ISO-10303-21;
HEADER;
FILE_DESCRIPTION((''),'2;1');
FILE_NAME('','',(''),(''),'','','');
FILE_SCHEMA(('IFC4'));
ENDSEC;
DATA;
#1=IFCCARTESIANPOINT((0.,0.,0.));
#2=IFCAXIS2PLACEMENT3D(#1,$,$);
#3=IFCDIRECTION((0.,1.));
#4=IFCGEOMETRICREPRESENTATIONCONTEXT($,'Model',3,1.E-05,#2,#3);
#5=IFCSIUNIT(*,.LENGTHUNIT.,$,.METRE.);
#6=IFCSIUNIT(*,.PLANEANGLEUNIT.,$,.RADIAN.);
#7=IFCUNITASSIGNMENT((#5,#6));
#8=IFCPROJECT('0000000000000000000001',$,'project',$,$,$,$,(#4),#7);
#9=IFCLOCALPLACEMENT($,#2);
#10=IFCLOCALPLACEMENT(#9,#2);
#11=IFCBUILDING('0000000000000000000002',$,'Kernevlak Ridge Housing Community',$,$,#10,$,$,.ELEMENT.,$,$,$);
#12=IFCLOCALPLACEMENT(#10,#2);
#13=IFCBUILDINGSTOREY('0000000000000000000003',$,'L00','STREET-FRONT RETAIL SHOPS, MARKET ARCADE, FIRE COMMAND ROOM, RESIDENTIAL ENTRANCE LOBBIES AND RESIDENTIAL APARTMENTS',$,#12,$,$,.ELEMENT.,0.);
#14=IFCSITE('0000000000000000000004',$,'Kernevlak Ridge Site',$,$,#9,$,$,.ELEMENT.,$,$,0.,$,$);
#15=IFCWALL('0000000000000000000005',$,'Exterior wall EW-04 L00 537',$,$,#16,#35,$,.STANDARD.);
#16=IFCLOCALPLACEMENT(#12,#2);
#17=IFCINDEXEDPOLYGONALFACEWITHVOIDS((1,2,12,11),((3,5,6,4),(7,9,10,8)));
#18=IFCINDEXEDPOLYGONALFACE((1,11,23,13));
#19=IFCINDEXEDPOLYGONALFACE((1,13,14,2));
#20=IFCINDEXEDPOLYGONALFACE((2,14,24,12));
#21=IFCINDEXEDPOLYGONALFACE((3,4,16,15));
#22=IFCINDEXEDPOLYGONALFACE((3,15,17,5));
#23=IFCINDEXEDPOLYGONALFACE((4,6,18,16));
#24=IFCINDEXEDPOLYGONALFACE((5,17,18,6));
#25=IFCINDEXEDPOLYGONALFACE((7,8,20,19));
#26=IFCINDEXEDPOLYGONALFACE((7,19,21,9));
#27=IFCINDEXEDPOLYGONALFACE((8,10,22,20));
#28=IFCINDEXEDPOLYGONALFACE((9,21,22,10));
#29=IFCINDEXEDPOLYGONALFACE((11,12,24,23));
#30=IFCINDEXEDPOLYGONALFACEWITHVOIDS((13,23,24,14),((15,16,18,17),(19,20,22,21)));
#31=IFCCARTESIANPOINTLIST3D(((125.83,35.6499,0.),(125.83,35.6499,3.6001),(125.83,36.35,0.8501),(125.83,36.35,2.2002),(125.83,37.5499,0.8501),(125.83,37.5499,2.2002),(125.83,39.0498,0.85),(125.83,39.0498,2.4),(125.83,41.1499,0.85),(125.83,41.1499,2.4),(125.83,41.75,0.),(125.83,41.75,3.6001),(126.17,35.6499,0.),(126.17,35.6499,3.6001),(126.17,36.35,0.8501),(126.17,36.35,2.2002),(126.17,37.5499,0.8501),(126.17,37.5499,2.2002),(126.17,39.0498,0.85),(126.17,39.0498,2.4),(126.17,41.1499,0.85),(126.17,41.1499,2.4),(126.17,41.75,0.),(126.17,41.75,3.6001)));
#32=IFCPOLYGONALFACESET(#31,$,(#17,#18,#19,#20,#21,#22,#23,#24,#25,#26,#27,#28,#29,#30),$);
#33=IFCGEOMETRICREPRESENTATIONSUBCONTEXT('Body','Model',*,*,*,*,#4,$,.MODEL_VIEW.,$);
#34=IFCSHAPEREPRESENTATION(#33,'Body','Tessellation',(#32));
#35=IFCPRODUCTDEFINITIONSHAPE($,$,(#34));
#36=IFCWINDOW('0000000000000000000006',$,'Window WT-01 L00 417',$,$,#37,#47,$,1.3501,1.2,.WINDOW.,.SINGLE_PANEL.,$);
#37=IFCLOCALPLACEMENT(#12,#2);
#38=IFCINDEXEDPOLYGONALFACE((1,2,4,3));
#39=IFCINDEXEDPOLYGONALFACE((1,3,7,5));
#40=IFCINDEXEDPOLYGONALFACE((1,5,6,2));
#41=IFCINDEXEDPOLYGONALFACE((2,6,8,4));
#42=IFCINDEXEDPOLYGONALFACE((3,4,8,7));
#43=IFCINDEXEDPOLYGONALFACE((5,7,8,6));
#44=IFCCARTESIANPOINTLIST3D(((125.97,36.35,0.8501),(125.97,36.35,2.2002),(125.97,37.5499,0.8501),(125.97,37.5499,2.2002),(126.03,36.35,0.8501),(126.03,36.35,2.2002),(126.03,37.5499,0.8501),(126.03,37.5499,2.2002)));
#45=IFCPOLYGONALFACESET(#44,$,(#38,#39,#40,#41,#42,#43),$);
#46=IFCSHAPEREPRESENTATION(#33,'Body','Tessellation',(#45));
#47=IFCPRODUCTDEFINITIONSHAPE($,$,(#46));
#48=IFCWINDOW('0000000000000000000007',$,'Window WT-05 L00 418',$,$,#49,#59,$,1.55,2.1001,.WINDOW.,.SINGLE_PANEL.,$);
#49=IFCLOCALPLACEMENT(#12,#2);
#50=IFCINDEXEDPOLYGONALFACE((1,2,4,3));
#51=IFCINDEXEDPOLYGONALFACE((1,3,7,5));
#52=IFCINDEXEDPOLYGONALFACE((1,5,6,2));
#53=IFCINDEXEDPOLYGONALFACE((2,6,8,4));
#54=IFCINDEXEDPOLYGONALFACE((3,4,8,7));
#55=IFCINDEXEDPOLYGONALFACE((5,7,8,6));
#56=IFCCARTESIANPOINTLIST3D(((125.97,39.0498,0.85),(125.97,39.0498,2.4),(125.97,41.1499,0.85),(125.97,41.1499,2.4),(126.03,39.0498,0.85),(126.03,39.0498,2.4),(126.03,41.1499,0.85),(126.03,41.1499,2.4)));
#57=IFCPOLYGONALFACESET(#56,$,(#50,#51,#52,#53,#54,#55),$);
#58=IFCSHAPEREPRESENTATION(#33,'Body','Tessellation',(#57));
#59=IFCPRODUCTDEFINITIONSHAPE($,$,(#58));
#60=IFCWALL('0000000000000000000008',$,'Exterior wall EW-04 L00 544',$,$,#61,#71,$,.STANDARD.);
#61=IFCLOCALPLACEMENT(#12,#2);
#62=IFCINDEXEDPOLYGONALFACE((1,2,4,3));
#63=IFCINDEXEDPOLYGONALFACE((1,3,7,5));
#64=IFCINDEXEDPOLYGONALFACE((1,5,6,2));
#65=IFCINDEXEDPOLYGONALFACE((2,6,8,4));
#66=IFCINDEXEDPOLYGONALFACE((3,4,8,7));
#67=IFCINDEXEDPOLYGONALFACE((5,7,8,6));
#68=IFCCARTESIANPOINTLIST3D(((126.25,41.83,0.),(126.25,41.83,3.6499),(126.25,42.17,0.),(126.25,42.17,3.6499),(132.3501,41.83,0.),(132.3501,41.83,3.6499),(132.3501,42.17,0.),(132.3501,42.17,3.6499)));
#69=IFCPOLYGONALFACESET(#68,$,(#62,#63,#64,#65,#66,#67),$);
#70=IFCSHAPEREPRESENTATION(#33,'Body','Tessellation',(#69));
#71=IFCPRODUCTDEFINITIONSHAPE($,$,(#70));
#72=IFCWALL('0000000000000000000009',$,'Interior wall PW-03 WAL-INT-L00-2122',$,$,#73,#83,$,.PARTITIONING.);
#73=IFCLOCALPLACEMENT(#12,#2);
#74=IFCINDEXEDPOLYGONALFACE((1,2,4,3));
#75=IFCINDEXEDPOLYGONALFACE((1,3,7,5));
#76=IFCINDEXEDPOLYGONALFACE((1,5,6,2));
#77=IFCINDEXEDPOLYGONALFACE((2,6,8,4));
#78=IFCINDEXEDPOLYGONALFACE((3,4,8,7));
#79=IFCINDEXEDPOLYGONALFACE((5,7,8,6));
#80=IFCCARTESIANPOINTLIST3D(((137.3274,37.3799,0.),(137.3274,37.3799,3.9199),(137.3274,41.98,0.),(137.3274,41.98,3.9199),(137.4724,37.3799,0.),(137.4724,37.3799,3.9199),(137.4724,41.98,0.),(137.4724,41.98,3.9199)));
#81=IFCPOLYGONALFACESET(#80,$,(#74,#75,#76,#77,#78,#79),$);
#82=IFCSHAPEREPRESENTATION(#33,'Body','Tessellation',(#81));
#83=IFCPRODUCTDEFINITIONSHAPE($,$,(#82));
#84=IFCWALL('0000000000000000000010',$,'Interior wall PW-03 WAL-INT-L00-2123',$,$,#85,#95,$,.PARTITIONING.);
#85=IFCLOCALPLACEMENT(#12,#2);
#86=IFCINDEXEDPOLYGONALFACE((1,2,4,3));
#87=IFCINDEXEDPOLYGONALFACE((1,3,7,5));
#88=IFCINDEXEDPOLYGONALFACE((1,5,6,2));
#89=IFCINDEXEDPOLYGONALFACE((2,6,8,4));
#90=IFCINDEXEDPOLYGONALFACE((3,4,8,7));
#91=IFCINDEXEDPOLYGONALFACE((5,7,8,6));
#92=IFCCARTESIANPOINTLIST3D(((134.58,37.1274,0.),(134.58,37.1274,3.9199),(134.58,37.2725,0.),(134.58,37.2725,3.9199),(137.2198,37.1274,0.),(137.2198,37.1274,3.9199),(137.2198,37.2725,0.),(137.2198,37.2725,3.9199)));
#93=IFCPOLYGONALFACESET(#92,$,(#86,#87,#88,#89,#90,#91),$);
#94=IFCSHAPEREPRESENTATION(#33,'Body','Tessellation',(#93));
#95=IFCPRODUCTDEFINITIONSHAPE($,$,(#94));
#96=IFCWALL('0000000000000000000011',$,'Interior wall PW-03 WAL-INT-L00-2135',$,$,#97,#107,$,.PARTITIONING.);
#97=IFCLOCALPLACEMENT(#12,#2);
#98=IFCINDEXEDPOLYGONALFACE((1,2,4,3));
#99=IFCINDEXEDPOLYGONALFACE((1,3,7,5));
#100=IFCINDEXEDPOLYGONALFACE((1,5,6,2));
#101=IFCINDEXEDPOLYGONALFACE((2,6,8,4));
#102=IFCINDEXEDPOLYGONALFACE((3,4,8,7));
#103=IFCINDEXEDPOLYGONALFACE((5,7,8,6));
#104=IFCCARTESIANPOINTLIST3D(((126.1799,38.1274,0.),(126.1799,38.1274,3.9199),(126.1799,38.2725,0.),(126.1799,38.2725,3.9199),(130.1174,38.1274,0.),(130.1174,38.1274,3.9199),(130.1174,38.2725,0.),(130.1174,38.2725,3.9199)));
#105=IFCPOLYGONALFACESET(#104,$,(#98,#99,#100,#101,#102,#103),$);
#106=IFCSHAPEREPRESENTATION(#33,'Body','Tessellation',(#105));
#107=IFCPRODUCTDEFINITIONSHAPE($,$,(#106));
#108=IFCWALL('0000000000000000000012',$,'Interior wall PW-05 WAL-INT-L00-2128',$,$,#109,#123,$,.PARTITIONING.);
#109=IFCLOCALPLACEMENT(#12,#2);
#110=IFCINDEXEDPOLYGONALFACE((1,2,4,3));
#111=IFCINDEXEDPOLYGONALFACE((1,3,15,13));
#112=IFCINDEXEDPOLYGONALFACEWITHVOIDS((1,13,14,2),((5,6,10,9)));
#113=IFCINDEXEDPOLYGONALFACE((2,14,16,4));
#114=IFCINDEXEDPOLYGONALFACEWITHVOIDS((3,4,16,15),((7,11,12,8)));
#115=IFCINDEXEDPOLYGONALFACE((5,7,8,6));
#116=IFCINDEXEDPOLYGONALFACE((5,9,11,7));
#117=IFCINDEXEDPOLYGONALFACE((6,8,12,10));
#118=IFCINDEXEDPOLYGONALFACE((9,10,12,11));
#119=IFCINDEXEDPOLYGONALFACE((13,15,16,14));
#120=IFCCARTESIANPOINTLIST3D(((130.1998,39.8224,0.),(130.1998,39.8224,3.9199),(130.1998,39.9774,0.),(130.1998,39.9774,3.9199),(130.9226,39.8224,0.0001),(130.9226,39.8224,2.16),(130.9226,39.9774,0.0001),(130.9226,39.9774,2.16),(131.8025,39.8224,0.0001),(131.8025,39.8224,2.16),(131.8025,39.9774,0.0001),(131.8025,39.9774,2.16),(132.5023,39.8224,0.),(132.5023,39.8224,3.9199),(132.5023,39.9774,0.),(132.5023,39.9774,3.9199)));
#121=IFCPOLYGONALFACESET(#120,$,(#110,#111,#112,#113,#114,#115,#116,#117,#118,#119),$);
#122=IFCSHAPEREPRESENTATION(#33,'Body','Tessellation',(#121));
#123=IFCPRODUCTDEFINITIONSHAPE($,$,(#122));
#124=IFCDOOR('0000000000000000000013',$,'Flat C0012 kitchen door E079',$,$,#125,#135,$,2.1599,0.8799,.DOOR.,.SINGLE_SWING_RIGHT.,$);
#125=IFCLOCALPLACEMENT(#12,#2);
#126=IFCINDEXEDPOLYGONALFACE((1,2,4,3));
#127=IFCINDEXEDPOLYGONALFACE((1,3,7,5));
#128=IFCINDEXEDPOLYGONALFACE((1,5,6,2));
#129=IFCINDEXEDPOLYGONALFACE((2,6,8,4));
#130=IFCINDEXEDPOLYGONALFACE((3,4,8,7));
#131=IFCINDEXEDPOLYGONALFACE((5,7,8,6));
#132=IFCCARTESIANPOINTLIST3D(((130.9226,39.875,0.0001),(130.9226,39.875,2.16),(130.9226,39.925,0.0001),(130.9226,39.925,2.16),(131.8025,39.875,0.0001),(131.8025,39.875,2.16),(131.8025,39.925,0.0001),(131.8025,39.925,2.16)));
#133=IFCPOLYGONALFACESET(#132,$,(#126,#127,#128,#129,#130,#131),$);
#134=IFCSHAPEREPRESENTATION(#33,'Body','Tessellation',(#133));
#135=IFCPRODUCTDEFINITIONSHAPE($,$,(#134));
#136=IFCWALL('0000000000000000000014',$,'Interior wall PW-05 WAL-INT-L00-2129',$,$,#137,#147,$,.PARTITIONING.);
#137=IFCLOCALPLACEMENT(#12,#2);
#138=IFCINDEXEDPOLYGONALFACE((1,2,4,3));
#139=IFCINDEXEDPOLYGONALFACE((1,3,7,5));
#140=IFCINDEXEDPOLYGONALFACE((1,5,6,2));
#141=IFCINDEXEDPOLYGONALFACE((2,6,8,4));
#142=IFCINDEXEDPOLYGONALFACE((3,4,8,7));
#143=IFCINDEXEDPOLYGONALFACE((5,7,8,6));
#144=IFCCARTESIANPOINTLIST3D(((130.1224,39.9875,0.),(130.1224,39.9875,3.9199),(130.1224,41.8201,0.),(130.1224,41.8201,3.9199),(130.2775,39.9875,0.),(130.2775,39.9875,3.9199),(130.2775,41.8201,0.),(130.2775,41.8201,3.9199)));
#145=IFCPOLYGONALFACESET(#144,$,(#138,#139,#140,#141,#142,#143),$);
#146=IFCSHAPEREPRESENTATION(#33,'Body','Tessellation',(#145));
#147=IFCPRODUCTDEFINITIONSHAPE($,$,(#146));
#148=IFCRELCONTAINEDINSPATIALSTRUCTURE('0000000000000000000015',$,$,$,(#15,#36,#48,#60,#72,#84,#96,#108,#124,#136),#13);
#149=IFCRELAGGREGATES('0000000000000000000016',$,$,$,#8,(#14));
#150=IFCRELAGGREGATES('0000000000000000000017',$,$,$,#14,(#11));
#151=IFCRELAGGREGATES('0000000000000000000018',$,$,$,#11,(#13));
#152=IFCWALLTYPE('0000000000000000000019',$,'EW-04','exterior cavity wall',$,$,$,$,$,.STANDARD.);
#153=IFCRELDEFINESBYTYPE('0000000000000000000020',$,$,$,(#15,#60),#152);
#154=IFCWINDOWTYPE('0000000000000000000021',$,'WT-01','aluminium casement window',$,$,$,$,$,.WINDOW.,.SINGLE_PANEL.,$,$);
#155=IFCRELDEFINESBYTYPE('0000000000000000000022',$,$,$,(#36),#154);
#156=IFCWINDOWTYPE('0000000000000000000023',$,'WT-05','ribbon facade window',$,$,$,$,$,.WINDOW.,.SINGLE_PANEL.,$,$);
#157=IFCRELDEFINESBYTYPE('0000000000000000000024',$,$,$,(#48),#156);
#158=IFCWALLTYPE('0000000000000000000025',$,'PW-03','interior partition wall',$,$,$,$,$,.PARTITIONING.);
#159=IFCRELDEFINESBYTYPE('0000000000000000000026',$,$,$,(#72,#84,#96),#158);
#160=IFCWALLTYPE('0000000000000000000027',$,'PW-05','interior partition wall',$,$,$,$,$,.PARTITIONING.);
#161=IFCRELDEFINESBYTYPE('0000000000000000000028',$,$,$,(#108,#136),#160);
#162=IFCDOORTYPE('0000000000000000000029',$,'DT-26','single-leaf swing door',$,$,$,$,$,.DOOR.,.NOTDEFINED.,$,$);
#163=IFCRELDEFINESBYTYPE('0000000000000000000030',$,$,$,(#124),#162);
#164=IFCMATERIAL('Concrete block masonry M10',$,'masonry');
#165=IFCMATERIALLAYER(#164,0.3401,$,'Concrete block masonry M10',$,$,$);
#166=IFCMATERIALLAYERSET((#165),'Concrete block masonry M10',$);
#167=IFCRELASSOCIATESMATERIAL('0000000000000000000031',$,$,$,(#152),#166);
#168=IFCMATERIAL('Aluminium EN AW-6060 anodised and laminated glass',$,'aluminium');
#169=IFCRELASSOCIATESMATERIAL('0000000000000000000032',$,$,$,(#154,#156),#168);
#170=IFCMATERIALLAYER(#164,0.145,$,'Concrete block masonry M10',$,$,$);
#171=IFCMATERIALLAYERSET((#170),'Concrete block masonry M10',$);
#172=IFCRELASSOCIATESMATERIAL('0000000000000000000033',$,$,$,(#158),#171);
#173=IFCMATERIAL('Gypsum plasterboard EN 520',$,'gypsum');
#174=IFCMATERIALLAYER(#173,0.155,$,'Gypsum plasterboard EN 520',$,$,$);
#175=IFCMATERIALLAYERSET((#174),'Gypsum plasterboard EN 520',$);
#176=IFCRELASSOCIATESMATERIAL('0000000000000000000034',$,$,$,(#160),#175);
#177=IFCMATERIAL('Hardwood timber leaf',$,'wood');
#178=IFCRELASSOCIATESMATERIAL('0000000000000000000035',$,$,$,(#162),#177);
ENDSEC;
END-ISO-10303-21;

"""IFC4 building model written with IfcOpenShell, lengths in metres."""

from ifc_helpers import new_model, si_unit, direction, frame, frame_2d, origin, place, context, subcontext, project, spatial, rectangle, extrude, material, layer, layer_set, type_object, element, fill, save


model = new_model("IFC4")

# Units and contexts
model_context = context("Model", 3, precision=1e-05, world=origin(), true_north=direction((0.0, 1.0)))
body_context = subcontext(model_context, "Body", "Model", "MODEL_VIEW")
ifc_project = project(units=[si_unit("LENGTHUNIT", "METRE"), si_unit("PLANEANGLEUNIT", "RADIAN")], contexts=[model_context])

# Site, building, storey
site_placement = place(None, origin())
site = spatial("IfcSite", under=ifc_project, at=site_placement, Name="Kernevlak Ridge Site", CompositionType="ELEMENT", RefElevation=0.0)
building_placement = place(site_placement, origin())
building = spatial("IfcBuilding", under=site, at=building_placement, Name="Kernevlak Ridge Housing Community", CompositionType="ELEMENT")
storey_placement = place(building_placement, origin())
storey = spatial("IfcBuildingStorey", under=building, at=storey_placement, Name="L00", Description="STREET-FRONT RETAIL SHOPS, MARKET ARCADE, FIRE COMMAND ROOM, RESIDENTIAL ENTRANCE LOBBIES AND RESIDENTIAL APARTMENTS", CompositionType="ELEMENT", Elevation=0.0)

# Shared definitions
ifc_material_1 = material(Name="Aluminium EN AW-6060 anodised and laminated glass", Category="aluminium")

# Wall, openings, windows
ifc_material_2 = material(Name="Concrete block masonry M10", Category="masonry")
ifc_layer_1 = layer(ifc_material_2, 0.3401, Name="Concrete block masonry M10")
ifc_layer_set_1 = layer_set([ifc_layer_1], Name="Concrete block masonry M10")
wall_type_1 = type_object("IfcWallType", Name="EW-04", Description="exterior cavity wall", PredefinedType="STANDARD", material=ifc_layer_set_1)
wall_1_placement = place(storey_placement, frame((126.0, 35.6499, 0.0), z_axis=(0.0, 0.0, 1.0), x_axis=(0.0, 1.0, 0.0)))
wall_1 = element("IfcWall", 1, at=wall_1_placement, inside=storey, type_object=wall_type_1, Name="Exterior wall EW-04 L00 537", PredefinedType="STANDARD", context=body_context, shape_type="SweptSolid", body=[
    extrude(rectangle(XDim=6.1001, YDim=0.3401, at=frame_2d((3.05, 0.0))), origin(), (0.0, 0.0, 1.0), 3.6001),
])
opening_1_placement = place(wall_1_placement, frame((0.7, 0.0, 0.8501)))
opening_1 = element("IfcOpeningElement", 2, at=opening_1_placement, cuts=wall_1, PredefinedType="OPENING", context=body_context, shape_type="SweptSolid", body=[
    extrude(rectangle(XDim=1.2, YDim=1.3501, at=frame_2d((0.6001, 0.675))), frame((0.0, 0.1799, 0.0), z_axis=(0.0, -1.0, 0.0), x_axis=(1.0, 0.0, 0.0)), (0.0, 0.0, 1.0), 0.3601),
])
opening_2_placement = place(wall_1_placement, frame((3.3999, 0.0, 0.8501)))
opening_2 = element("IfcOpeningElement", 3, at=opening_2_placement, cuts=wall_1, PredefinedType="OPENING", context=body_context, shape_type="SweptSolid", body=[
    extrude(rectangle(XDim=2.1001, YDim=1.55, at=frame_2d((1.05, 0.7749))), frame((0.0, 0.1799, 0.0), z_axis=(0.0, -1.0, 0.0), x_axis=(1.0, 0.0, 0.0)), (0.0, 0.0, 1.0), 0.3601),
])
window_type_1 = type_object("IfcWindowType", Name="WT-01", Description="aluminium casement window", PartitioningType="SINGLE_PANEL", PredefinedType="WINDOW", material=ifc_material_1)
window_1_placement = place(opening_1_placement, origin())
window_1 = element("IfcWindow", 4, at=window_1_placement, inside=storey, type_object=window_type_1, Name="Window WT-01 L00 417", OverallHeight=1.3501, OverallWidth=1.2, PartitioningType="SINGLE_PANEL", PredefinedType="WINDOW", context=body_context, shape_type="SweptSolid", body=[
    extrude(rectangle(XDim=1.2, YDim=1.3501, at=frame_2d((0.6001, 0.675))), frame((0.0, 0.03, 0.0), z_axis=(0.0, -1.0, 0.0), x_axis=(1.0, 0.0, 0.0)), (0.0, 0.0, 1.0), 0.0601),
])
fill(opening_1, window_1)
window_type_2 = type_object("IfcWindowType", Name="WT-05", Description="ribbon facade window", PartitioningType="SINGLE_PANEL", PredefinedType="WINDOW", material=ifc_material_1)
window_2_placement = place(opening_2_placement, origin())
window_2 = element("IfcWindow", 5, at=window_2_placement, inside=storey, type_object=window_type_2, Name="Window WT-05 L00 418", OverallHeight=1.55, OverallWidth=2.1001, PartitioningType="SINGLE_PANEL", PredefinedType="WINDOW", context=body_context, shape_type="SweptSolid", body=[
    extrude(rectangle(XDim=2.1001, YDim=1.55, at=frame_2d((1.05, 0.7749))), frame((0.0, 0.03, 0.0), z_axis=(0.0, -1.0, 0.0), x_axis=(1.0, 0.0, 0.0)), (0.0, 0.0, 1.0), 0.0601),
])
fill(opening_2, window_2)

# Walls
wall_2_placement = place(storey_placement, frame((126.25, 42.0, 0.0), z_axis=(0.0, 0.0, 1.0), x_axis=(1.0, 0.0, 0.0)))
element("IfcWall", 6, at=wall_2_placement, inside=storey, type_object=wall_type_1, Name="Exterior wall EW-04 L00 544", PredefinedType="STANDARD", context=body_context, shape_type="SweptSolid", body=[
    extrude(rectangle(XDim=6.1001, YDim=0.3401, at=frame_2d((3.05, 0.0))), origin(), (0.0, 0.0, 1.0), 3.6499),
])
ifc_layer_2 = layer(ifc_material_2, 0.145, Name="Concrete block masonry M10")
ifc_layer_set_2 = layer_set([ifc_layer_2], Name="Concrete block masonry M10")
wall_type_2 = type_object("IfcWallType", Name="PW-03", Description="interior partition wall", PredefinedType="PARTITIONING", material=ifc_layer_set_2)
wall_3_placement = place(storey_placement, frame((137.3999, 37.3799, 0.0), z_axis=(0.0, 0.0, 1.0), x_axis=(0.0, 1.0, 0.0)))
element("IfcWall", 7, at=wall_3_placement, inside=storey, type_object=wall_type_2, Name="Interior wall PW-03 WAL-INT-L00-2122", PredefinedType="PARTITIONING", context=body_context, shape_type="SweptSolid", body=[
    extrude(rectangle(XDim=4.6001, YDim=0.145, at=frame_2d((2.3, 0.0))), origin(), (0.0, 0.0, 1.0), 3.9199),
])
wall_4_placement = place(storey_placement, frame((134.5801, 37.2, 0.0), z_axis=(0.0, 0.0, 1.0), x_axis=(1.0, 0.0, 0.0)))
element("IfcWall", 8, at=wall_4_placement, inside=storey, type_object=wall_type_2, Name="Interior wall PW-03 WAL-INT-L00-2123", PredefinedType="PARTITIONING", context=body_context, shape_type="SweptSolid", body=[
    extrude(rectangle(XDim=2.6399, YDim=0.145, at=frame_2d((1.3198, 0.0))), origin(), (0.0, 0.0, 1.0), 3.9199),
])
wall_5_placement = place(storey_placement, frame((130.1174, 38.2, 0.0), z_axis=(0.0, 0.0, 1.0), x_axis=(-1.0, 0.0, 0.0)))
element("IfcWall", 9, at=wall_5_placement, inside=storey, type_object=wall_type_2, Name="Interior wall PW-03 WAL-INT-L00-2135", PredefinedType="PARTITIONING", context=body_context, shape_type="SweptSolid", body=[
    extrude(rectangle(XDim=3.9375, YDim=0.145, at=frame_2d((1.9688, 0.0))), origin(), (0.0, 0.0, 1.0), 3.9199),
])

# Wall, opening, door
ifc_material_3 = material(Name="Gypsum plasterboard EN 520", Category="gypsum")
ifc_layer_3 = layer(ifc_material_3, 0.155, Name="Gypsum plasterboard EN 520")
ifc_layer_set_3 = layer_set([ifc_layer_3], Name="Gypsum plasterboard EN 520")
wall_type_3 = type_object("IfcWallType", Name="PW-05", Description="interior partition wall", PredefinedType="PARTITIONING", material=ifc_layer_set_3)
wall_6_placement = place(storey_placement, frame((132.5024, 39.8999, 0.0), z_axis=(0.0, 0.0, 1.0), x_axis=(-1.0, 0.0, 0.0)))
wall_6 = element("IfcWall", 10, at=wall_6_placement, inside=storey, type_object=wall_type_3, Name="Interior wall PW-05 WAL-INT-L00-2128", PredefinedType="PARTITIONING", context=body_context, shape_type="SweptSolid", body=[
    extrude(rectangle(XDim=2.3025, YDim=0.155, at=frame_2d((1.1514, 0.0))), origin(), (0.0, 0.0, 1.0), 3.9199),
])
opening_3_placement = place(wall_6_placement, frame((0.7, 0.0, 0.0)))
opening_3 = element("IfcOpeningElement", 11, at=opening_3_placement, cuts=wall_6, PredefinedType="OPENING", context=body_context, shape_type="SweptSolid", body=[
    extrude(rectangle(XDim=0.8799, YDim=2.1599, at=frame_2d((0.4399, 1.0801))), frame((0.0, 0.0874, 0.0), z_axis=(0.0, -1.0, 0.0), x_axis=(1.0, 0.0, 0.0)), (0.0, 0.0, 1.0), 0.175),
])
ifc_material_4 = material(Name="Hardwood timber leaf", Category="wood")
door_type_1 = type_object("IfcDoorType", Name="DT-26", Description="single-leaf swing door", OperationType="NOTDEFINED", PredefinedType="DOOR", material=ifc_material_4)
door_1_placement = place(opening_3_placement, origin())
door_1 = element("IfcDoor", 12, at=door_1_placement, inside=storey, type_object=door_type_1, Name="Flat C0012 kitchen door E079", OperationType="SINGLE_SWING_RIGHT", OverallHeight=2.1599, OverallWidth=0.8799, PredefinedType="DOOR", context=body_context, shape_type="SweptSolid", body=[
    extrude(rectangle(XDim=0.8799, YDim=2.1599, at=frame_2d((0.4399, 1.0801))), frame((0.0, 0.0249, 0.0), z_axis=(0.0, -1.0, 0.0), x_axis=(1.0, 0.0, 0.0)), (0.0, 0.0, 1.0), 0.05),
])
fill(opening_3, door_1)

# Wall
wall_7_placement = place(storey_placement, frame((130.2, 39.9875, 0.0), z_axis=(0.0, 0.0, 1.0), x_axis=(0.0, 1.0, 0.0)))
element("IfcWall", 13, at=wall_7_placement, inside=storey, type_object=wall_type_3, Name="Interior wall PW-05 WAL-INT-L00-2129", PredefinedType="PARTITIONING", context=body_context, shape_type="SweptSolid", body=[
    extrude(rectangle(XDim=1.8325, YDim=0.155, at=frame_2d((0.9163, 0.0))), origin(), (0.0, 0.0, 1.0), 3.9199),
])

save(model, "model.ifc")
